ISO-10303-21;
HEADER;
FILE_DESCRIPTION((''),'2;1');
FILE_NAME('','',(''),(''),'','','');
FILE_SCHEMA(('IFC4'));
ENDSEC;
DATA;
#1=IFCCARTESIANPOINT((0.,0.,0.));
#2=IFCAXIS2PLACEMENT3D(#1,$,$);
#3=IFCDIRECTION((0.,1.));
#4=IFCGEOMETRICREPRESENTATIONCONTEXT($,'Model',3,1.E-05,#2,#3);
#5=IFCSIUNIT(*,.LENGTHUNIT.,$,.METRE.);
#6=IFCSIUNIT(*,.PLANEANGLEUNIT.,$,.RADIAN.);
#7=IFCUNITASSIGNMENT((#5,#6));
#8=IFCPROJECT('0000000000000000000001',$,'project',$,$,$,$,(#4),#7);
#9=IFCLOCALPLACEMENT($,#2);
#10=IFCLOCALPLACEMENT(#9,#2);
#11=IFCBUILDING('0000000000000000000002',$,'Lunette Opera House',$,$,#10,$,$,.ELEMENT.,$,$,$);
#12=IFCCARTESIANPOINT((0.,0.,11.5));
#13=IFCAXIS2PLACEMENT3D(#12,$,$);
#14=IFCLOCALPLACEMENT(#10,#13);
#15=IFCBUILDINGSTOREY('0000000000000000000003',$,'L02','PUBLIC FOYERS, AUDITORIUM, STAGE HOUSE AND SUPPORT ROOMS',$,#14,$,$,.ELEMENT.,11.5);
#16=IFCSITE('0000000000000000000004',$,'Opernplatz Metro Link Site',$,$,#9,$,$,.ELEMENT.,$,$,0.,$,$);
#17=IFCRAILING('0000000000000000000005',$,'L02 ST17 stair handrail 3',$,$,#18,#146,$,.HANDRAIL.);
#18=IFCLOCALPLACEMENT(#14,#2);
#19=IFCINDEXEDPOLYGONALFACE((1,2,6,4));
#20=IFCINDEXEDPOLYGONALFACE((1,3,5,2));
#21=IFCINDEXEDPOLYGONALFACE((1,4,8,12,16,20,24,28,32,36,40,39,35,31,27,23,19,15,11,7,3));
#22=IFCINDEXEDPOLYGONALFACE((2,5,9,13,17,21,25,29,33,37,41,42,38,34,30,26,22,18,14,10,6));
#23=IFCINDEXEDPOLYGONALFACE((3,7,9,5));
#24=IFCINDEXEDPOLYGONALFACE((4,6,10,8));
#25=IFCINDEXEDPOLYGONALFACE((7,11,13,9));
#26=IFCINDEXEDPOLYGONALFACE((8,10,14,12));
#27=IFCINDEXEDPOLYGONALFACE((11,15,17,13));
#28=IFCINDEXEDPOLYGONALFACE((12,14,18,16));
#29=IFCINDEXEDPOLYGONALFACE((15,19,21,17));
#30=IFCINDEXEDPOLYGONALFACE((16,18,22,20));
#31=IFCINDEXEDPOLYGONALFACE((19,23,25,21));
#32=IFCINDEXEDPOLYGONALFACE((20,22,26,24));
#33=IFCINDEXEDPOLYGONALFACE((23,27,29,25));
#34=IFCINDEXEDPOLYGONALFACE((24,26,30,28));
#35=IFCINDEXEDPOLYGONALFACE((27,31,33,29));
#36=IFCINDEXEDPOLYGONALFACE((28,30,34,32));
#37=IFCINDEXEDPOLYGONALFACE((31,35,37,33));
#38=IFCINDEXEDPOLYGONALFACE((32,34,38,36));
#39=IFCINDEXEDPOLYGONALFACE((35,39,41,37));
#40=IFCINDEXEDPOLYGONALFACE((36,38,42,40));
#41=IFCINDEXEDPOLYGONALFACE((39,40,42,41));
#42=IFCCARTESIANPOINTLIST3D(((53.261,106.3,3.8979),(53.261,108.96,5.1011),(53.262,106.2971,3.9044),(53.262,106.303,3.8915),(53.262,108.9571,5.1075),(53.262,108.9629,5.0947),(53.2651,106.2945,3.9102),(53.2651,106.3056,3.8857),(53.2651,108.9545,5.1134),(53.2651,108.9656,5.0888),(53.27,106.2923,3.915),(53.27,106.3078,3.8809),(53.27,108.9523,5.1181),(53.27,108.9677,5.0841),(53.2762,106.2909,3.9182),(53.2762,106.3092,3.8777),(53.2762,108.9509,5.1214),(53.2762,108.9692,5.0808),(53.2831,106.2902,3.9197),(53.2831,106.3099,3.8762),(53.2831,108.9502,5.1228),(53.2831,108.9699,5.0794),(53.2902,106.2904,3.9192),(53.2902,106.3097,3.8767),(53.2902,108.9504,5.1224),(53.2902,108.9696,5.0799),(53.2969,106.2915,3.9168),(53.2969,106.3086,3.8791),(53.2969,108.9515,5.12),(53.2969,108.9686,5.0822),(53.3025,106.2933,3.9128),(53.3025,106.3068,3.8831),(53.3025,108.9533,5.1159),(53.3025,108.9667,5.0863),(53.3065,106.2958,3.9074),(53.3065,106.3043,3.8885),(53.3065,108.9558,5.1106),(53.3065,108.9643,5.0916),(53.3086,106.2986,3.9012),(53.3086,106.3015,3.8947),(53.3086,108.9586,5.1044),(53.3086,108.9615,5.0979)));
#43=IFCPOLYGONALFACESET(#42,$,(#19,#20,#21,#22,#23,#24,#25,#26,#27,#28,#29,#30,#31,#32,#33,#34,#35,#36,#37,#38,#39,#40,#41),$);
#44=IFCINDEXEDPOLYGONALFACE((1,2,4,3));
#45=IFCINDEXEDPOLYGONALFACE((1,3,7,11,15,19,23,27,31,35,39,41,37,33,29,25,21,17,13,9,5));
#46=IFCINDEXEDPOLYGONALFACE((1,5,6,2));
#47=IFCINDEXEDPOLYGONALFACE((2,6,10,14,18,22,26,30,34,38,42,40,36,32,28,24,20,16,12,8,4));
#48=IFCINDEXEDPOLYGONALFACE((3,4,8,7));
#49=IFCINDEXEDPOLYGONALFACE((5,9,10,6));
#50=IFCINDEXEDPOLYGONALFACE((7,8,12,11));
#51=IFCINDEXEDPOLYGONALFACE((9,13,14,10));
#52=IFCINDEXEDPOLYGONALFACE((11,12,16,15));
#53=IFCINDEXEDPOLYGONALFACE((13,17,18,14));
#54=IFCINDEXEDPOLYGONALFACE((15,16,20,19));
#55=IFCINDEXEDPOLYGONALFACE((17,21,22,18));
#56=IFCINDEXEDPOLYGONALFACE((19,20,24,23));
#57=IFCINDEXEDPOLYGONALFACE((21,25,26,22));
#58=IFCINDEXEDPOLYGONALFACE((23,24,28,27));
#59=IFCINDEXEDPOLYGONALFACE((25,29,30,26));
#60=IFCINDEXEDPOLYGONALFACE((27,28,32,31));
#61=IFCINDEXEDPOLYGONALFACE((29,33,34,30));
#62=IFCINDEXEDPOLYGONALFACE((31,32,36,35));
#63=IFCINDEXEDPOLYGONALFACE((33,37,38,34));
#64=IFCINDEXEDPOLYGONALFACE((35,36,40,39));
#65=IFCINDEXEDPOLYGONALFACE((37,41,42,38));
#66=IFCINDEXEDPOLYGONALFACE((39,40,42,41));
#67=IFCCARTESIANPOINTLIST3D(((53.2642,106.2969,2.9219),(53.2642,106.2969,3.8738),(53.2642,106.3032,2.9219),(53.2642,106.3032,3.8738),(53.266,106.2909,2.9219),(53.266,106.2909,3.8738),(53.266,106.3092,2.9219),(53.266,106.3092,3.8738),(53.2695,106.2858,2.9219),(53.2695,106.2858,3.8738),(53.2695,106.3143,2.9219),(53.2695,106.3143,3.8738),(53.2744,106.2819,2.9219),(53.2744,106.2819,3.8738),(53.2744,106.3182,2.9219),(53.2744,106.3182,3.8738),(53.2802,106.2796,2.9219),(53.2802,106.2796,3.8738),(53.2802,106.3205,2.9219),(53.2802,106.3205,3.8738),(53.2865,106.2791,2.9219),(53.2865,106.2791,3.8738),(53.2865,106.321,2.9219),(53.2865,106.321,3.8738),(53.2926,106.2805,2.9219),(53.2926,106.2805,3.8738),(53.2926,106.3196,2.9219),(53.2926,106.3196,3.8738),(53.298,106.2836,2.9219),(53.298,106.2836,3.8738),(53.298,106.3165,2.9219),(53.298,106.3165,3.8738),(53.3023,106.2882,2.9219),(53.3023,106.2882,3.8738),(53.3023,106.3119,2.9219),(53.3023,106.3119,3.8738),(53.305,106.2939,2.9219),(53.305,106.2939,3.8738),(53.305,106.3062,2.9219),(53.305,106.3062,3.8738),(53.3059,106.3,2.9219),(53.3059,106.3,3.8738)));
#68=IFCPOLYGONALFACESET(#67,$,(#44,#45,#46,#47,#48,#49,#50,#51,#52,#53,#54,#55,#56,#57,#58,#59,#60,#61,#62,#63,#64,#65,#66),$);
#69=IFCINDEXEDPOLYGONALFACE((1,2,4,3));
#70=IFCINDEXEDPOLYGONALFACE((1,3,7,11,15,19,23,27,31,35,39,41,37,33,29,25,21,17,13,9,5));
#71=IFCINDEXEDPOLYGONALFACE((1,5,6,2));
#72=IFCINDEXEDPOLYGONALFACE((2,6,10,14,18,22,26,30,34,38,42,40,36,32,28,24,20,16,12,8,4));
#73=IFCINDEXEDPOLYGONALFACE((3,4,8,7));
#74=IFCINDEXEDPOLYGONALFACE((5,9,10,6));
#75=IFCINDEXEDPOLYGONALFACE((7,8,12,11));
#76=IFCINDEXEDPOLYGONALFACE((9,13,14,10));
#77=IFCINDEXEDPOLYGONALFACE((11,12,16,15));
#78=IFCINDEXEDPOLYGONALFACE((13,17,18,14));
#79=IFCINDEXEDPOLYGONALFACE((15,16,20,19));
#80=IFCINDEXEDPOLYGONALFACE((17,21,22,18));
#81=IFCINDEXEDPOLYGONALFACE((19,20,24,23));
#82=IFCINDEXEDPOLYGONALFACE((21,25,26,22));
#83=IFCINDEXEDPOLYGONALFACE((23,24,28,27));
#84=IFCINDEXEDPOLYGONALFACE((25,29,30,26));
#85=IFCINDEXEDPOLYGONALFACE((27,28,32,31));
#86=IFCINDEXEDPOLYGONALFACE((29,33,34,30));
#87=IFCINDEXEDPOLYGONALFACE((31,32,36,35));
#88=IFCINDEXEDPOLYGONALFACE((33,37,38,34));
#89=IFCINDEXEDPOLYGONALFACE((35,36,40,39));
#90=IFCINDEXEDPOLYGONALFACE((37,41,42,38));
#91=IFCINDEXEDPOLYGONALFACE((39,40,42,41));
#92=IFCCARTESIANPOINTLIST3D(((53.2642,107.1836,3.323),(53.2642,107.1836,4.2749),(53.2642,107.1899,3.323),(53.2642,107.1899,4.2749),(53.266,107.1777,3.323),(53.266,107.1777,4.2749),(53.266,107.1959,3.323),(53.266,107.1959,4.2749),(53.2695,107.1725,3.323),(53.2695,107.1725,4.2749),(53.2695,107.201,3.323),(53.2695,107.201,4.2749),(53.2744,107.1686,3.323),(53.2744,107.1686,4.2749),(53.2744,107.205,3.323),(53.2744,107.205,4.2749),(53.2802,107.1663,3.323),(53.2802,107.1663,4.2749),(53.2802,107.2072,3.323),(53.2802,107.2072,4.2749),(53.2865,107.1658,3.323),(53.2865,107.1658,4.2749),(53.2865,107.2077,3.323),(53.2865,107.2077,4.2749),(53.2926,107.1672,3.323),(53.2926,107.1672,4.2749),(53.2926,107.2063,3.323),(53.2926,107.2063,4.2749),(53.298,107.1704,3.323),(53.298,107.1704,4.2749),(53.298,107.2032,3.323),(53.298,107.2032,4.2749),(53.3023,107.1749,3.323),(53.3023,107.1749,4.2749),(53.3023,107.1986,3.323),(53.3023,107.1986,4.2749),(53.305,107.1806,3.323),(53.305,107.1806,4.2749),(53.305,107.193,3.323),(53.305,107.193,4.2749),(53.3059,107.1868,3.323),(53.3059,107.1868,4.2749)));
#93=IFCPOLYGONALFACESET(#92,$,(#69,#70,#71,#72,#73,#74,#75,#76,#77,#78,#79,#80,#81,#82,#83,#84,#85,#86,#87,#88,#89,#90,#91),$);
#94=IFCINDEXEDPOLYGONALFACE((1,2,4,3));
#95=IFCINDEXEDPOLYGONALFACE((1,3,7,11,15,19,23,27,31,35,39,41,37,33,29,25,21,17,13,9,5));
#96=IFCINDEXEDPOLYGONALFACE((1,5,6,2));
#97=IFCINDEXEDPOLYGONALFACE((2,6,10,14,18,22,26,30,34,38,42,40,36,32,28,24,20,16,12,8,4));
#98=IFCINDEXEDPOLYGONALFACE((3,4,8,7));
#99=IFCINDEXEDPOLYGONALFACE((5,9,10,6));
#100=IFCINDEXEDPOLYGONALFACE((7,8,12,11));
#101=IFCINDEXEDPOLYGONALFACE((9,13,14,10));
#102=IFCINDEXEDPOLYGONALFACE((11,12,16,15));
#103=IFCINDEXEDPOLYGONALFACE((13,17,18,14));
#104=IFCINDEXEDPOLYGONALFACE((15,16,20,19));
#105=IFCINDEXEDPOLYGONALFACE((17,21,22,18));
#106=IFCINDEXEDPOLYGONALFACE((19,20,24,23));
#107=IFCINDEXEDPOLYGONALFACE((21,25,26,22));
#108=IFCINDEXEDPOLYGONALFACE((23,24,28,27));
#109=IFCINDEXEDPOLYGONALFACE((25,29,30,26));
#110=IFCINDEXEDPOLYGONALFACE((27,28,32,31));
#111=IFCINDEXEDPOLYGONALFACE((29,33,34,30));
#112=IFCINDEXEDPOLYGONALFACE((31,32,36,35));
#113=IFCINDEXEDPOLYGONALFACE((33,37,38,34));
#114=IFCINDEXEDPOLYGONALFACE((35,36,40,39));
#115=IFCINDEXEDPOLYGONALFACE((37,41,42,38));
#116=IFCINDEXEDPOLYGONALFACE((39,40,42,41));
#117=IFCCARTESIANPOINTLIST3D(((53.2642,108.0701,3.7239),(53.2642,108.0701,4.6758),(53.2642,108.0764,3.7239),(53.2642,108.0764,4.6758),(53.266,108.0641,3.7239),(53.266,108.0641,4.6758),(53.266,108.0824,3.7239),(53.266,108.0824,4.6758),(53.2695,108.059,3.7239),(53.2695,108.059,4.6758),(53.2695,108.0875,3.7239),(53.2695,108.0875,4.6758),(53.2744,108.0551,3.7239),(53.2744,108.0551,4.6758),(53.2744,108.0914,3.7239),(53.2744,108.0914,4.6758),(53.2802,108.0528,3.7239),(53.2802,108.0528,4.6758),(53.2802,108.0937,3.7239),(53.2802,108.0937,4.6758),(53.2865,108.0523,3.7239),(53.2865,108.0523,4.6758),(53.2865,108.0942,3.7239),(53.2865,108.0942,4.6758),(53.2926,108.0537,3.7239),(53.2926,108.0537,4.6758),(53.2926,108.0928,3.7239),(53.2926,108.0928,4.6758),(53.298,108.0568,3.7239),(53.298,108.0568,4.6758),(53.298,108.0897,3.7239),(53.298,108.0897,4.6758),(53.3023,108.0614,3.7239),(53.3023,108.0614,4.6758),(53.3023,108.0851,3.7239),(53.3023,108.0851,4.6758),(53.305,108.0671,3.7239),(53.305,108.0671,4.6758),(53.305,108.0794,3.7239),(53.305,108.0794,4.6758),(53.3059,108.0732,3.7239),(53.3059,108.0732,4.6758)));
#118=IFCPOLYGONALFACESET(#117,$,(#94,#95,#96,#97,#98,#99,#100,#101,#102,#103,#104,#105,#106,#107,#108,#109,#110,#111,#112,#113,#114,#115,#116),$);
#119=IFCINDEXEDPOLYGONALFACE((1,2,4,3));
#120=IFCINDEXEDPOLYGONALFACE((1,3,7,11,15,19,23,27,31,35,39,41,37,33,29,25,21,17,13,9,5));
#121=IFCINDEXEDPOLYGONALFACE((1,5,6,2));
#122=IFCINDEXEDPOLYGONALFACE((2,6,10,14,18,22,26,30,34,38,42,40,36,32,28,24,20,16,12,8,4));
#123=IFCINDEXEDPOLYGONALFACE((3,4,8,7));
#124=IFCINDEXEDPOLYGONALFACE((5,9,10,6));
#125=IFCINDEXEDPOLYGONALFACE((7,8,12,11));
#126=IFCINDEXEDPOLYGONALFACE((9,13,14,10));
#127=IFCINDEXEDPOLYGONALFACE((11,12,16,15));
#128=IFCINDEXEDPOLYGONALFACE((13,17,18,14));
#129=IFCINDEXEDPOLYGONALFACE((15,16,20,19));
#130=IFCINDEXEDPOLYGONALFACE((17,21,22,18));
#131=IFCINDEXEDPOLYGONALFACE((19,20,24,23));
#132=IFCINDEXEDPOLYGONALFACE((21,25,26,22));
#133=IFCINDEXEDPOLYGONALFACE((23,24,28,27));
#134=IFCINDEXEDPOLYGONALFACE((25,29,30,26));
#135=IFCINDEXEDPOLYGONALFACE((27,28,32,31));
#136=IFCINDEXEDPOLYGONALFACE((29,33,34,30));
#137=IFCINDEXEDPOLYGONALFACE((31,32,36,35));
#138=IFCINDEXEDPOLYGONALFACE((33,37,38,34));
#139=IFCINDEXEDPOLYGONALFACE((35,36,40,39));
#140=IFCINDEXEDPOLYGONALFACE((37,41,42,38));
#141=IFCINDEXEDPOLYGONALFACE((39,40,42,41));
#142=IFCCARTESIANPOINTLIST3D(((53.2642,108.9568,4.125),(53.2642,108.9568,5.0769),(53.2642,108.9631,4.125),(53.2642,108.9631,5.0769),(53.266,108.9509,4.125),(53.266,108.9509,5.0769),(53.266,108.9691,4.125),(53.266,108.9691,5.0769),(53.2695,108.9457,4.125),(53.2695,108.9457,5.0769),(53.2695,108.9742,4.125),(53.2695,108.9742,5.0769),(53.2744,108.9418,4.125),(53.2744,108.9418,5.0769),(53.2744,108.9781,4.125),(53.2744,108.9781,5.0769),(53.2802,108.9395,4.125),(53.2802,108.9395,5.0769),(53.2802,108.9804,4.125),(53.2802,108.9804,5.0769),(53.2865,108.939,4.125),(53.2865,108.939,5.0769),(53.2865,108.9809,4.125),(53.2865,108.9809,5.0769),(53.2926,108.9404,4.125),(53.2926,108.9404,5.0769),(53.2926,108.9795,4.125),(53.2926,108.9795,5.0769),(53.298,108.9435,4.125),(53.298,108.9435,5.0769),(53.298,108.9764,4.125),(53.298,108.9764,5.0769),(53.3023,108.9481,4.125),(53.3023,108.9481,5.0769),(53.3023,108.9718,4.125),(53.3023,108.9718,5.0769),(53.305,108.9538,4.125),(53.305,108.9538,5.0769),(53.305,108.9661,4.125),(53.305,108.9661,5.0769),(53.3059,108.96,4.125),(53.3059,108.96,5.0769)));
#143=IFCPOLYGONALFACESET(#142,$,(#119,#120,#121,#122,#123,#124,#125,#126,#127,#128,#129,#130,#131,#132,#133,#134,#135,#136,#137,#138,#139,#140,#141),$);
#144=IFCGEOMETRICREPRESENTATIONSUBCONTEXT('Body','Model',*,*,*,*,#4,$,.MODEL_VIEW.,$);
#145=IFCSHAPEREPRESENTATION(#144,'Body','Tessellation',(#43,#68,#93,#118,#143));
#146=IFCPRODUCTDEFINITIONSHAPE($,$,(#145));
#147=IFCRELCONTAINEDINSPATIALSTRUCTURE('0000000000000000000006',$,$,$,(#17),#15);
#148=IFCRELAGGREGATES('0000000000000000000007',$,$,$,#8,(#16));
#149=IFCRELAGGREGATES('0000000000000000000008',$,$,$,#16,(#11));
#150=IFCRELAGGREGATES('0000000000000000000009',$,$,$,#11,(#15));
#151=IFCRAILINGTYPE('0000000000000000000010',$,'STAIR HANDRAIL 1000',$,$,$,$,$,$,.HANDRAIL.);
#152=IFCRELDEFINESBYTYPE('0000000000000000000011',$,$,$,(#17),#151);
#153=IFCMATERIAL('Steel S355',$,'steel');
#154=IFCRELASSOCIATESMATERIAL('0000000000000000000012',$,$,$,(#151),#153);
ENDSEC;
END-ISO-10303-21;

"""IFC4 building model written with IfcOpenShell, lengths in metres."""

from ifc_helpers import new_model, si_unit, direction, frame, origin, origin_2d, place, context, subcontext, project, spatial, circle, extrude, material, type_object, element, save


model = new_model("IFC4")

# Units and contexts
model_context = context("Model", 3, precision=1e-05, world=origin(), true_north=direction((0.0, 1.0)))
body_context = subcontext(model_context, "Body", "Model", "MODEL_VIEW")
ifc_project = project(units=[si_unit("LENGTHUNIT", "METRE"), si_unit("PLANEANGLEUNIT", "RADIAN")], contexts=[model_context])

# Site, building, storey
site_placement = place(None, origin())
site = spatial("IfcSite", under=ifc_project, at=site_placement, Name="Opernplatz Metro Link Site", CompositionType="ELEMENT", RefElevation=0.0)
building_placement = place(site_placement, origin())
building = spatial("IfcBuilding", under=site, at=building_placement, Name="Lunette Opera House", CompositionType="ELEMENT")
storey_placement = place(building_placement, frame((0.0, 0.0, 11.5)))
storey = spatial("IfcBuildingStorey", under=building, at=storey_placement, Name="L02", Description="PUBLIC FOYERS, AUDITORIUM, STAGE HOUSE AND SUPPORT ROOMS", CompositionType="ELEMENT", Elevation=11.5)

# Railing
ifc_material_1 = material(Name="Steel S355", Category="steel")
railing_type_1 = type_object("IfcRailingType", Name="STAIR HANDRAIL 1000", PredefinedType="HANDRAIL", material=ifc_material_1)
railing_1_placement = place(storey_placement, frame((53.2849, 106.3, 2.9219)))
element("IfcRailing", 1, at=railing_1_placement, inside=storey, type_object=railing_type_1, Name="L02 ST17 stair handrail 3", PredefinedType="HANDRAIL", context=body_context, shape_type="SweptSolid", body=[
    extrude(circle(Radius=0.0239, at=origin_2d()), frame((0.0, 0.0, 0.9761), z_axis=(0.0, 0.91113, 0.41212), x_axis=(-1.0, 0.0, 0.0)), (0.0, 0.0, 1.0), 2.9194),
    extrude(circle(Radius=0.021, at=origin_2d()), origin(), (0.0, 0.0, 1.0), 0.9519),
    extrude(circle(Radius=0.021, at=origin_2d()), frame((0.0, 0.8867, 0.4011)), (0.0, 0.0, 1.0), 0.9519),
    extrude(circle(Radius=0.021, at=origin_2d()), frame((0.0, 1.7732, 0.802)), (0.0, 0.0, 1.0), 0.9519),
    extrude(circle(Radius=0.021, at=origin_2d()), frame((0.0, 2.6599, 1.2031)), (0.0, 0.0, 1.0), 0.9519),
])

save(model, "model.ifc")
